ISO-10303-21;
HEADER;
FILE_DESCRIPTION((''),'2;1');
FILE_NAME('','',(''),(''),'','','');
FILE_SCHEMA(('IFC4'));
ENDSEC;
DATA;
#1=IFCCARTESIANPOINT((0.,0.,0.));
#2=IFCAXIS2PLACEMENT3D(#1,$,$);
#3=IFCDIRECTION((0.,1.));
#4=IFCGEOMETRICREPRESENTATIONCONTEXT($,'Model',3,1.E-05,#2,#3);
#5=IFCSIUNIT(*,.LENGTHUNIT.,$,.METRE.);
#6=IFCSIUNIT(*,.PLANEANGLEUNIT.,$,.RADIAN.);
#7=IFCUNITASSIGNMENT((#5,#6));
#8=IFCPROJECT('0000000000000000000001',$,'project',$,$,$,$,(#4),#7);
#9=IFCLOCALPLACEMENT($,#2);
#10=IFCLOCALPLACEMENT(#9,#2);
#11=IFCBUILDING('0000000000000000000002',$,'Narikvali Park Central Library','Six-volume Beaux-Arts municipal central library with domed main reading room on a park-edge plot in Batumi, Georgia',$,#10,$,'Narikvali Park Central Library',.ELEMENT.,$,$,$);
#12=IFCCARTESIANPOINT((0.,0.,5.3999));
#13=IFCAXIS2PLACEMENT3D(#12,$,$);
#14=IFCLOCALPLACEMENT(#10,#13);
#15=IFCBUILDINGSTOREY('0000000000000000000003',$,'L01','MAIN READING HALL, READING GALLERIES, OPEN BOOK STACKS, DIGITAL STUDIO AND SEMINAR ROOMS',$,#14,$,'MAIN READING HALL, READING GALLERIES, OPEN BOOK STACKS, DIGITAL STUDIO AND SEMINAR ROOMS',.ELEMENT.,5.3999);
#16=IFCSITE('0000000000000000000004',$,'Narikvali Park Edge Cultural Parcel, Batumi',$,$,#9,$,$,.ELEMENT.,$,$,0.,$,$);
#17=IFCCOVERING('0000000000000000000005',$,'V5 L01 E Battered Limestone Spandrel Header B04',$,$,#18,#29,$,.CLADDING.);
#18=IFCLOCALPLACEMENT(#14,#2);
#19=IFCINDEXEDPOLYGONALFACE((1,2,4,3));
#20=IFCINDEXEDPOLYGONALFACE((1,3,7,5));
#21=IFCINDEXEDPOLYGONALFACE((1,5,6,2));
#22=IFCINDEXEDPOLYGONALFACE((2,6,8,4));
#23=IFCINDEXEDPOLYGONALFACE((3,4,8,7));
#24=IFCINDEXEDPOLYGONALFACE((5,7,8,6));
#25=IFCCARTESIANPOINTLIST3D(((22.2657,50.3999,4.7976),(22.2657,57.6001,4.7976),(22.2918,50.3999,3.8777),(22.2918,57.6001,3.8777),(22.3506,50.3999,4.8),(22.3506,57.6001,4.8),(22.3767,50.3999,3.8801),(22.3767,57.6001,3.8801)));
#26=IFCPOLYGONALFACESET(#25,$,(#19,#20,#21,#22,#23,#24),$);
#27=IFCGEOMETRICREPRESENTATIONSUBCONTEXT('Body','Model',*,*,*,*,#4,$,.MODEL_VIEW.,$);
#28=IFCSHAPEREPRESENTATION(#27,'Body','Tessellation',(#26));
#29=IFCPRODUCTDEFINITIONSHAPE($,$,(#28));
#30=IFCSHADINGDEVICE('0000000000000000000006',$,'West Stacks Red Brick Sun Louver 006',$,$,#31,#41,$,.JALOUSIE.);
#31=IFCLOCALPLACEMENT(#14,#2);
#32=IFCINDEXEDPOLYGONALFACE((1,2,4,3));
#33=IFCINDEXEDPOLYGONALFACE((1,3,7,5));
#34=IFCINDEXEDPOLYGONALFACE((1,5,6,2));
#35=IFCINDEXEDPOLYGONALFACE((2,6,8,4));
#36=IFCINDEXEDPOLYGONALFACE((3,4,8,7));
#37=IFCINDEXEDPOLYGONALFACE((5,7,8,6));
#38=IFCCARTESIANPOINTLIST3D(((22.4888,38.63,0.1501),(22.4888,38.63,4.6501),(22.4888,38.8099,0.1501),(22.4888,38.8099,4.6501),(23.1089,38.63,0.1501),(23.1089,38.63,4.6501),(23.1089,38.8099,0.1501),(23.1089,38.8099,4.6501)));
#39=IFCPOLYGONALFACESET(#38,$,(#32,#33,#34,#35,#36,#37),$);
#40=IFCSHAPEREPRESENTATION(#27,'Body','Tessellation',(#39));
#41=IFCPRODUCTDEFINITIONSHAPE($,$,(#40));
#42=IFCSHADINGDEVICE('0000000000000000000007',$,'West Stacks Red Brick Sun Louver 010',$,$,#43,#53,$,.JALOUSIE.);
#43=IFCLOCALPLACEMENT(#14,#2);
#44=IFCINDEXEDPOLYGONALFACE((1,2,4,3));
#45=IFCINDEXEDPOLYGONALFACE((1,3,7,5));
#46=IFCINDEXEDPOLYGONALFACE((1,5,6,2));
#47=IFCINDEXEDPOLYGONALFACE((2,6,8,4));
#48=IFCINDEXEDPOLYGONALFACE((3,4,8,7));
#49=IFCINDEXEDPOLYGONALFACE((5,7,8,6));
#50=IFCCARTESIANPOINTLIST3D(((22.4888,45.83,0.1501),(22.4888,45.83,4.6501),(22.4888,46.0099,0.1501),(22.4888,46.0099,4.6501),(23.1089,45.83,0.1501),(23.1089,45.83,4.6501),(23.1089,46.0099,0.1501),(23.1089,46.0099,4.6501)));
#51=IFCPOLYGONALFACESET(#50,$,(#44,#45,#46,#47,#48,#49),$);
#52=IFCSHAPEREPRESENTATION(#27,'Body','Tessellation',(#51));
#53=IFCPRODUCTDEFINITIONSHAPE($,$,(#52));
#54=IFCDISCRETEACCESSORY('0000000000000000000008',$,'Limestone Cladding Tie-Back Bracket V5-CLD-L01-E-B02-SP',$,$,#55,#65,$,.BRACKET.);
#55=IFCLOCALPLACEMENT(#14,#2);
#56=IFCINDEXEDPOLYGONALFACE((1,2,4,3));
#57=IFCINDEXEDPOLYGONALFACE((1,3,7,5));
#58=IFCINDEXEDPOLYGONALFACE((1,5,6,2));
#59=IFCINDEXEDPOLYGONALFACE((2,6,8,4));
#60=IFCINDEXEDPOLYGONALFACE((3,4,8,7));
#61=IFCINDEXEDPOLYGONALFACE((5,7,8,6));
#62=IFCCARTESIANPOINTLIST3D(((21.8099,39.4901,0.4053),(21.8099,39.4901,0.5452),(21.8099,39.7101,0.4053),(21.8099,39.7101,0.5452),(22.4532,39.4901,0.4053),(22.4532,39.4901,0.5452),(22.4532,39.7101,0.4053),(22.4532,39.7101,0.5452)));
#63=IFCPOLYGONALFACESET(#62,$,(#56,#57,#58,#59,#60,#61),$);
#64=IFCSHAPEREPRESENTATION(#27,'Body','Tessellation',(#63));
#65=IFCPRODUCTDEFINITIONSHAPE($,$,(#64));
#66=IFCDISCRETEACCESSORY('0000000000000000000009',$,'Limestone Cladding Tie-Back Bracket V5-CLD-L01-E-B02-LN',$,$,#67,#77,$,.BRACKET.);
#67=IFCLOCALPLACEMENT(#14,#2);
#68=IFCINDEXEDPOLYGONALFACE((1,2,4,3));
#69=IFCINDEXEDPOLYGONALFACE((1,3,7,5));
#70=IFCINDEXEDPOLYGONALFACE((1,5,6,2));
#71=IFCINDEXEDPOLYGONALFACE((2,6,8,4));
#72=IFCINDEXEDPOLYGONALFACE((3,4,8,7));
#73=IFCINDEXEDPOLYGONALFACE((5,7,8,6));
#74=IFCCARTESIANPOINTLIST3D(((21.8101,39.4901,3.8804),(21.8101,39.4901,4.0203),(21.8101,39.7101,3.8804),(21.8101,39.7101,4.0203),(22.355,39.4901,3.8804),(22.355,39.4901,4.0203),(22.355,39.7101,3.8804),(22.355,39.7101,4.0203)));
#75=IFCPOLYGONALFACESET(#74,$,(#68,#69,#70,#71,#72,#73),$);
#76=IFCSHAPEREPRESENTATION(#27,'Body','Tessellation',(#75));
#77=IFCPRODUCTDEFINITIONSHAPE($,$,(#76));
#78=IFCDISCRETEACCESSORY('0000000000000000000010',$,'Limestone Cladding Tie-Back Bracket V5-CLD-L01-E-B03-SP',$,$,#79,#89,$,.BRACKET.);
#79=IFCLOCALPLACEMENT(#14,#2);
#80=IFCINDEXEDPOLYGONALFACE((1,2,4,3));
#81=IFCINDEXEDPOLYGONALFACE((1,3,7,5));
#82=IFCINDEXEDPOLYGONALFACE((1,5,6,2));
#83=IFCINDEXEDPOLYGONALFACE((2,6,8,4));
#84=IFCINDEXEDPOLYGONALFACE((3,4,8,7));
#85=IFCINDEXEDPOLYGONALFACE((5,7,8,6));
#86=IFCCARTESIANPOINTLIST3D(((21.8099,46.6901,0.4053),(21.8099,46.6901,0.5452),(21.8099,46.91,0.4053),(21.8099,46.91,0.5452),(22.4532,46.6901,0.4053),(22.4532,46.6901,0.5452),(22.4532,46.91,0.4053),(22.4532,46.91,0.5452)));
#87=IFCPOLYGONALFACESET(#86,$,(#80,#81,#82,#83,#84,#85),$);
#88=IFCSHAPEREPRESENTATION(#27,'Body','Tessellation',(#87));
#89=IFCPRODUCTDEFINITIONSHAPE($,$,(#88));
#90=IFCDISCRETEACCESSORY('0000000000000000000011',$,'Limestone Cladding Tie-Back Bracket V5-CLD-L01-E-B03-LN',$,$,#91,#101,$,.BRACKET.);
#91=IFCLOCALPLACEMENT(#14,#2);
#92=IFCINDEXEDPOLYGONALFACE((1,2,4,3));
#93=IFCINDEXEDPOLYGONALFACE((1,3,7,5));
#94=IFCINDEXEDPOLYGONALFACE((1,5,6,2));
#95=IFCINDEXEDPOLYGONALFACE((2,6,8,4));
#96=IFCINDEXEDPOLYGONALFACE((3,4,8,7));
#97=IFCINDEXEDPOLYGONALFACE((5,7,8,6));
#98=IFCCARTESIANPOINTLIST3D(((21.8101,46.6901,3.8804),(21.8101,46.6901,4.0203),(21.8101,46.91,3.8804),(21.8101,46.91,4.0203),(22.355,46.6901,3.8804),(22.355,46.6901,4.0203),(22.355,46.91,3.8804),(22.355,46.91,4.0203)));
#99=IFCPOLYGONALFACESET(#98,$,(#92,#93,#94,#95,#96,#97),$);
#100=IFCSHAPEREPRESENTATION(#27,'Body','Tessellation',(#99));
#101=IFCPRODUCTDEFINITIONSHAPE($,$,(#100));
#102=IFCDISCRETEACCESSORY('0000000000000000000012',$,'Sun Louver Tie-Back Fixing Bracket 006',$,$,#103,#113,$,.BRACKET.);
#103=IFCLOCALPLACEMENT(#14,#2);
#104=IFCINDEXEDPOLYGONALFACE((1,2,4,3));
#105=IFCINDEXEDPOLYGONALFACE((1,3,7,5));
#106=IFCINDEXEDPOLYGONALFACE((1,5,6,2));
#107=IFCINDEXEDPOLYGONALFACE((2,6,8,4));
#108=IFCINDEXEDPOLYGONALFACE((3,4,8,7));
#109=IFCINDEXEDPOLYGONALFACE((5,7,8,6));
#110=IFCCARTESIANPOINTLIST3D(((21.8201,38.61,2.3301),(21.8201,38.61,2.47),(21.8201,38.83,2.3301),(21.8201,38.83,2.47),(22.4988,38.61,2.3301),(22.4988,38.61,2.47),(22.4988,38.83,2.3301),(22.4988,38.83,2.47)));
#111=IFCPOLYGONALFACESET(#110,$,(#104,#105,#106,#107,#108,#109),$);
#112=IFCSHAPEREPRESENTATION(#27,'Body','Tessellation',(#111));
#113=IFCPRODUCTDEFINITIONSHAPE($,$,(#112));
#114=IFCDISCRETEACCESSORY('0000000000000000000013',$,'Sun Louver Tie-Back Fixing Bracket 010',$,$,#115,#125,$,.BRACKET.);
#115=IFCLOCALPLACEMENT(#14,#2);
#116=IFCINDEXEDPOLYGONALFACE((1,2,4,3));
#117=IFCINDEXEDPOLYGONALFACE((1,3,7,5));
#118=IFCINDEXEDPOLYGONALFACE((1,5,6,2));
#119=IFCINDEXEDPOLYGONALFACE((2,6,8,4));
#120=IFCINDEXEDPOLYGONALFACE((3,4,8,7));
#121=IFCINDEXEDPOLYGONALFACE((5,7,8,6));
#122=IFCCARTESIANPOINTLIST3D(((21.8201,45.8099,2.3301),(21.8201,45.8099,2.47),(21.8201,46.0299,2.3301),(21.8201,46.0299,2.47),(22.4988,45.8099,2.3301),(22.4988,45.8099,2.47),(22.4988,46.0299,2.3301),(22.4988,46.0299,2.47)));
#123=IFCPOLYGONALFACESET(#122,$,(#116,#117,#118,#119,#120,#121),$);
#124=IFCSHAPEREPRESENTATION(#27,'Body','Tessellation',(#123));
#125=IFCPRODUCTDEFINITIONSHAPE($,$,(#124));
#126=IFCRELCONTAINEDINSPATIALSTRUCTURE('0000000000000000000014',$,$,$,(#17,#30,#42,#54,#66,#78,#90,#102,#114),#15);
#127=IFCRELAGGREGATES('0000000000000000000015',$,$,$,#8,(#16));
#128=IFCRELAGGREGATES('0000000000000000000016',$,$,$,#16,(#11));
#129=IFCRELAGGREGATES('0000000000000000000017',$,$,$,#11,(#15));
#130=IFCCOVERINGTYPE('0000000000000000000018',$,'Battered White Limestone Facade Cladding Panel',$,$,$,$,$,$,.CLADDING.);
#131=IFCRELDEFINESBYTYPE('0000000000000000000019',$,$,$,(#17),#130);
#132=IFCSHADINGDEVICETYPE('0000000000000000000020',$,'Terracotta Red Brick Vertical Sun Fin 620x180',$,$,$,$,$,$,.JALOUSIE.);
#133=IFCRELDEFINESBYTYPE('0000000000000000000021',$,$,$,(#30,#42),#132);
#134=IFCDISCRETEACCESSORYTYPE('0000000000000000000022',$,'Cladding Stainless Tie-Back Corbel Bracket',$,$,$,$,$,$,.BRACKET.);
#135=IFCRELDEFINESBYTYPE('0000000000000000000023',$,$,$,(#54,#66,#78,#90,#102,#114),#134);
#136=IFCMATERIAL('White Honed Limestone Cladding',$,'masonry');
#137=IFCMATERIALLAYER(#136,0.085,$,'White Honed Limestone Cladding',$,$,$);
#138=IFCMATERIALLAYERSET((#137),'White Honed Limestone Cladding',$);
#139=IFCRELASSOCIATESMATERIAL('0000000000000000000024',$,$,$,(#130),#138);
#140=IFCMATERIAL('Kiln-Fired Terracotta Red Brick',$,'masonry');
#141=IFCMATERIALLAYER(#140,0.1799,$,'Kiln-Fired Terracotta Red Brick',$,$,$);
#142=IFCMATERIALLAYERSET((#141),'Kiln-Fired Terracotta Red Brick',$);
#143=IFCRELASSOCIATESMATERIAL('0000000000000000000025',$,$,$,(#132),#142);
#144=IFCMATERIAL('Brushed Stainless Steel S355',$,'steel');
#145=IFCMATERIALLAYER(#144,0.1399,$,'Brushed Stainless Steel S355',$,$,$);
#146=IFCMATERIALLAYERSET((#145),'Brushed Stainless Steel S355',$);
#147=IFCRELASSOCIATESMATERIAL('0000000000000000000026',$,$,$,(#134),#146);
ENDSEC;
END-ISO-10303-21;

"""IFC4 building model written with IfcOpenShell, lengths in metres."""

from ifc_helpers import new_model, si_unit, direction, frame, origin, origin_2d, place, context, subcontext, project, spatial, polyline, rectangle, outline, extrude, material, layer, layer_set, type_object, element, save


model = new_model("IFC4")

# Units and contexts
model_context = context("Model", 3, precision=1e-05, world=origin(), true_north=direction((0.0, 1.0)))
body_context = subcontext(model_context, "Body", "Model", "MODEL_VIEW")
ifc_project = project(units=[si_unit("LENGTHUNIT", "METRE"), si_unit("PLANEANGLEUNIT", "RADIAN")], contexts=[model_context])

# Site, building, storey
site_placement = place(None, origin())
site = spatial("IfcSite", under=ifc_project, at=site_placement, Name="Narikvali Park Edge Cultural Parcel, Batumi", CompositionType="ELEMENT", RefElevation=0.0)
building_placement = place(site_placement, origin())
building = spatial("IfcBuilding", under=site, at=building_placement, Name="Narikvali Park Central Library", Description="Six-volume Beaux-Arts municipal central library with domed main reading room on a park-edge plot in Batumi, Georgia", LongName="Narikvali Park Central Library", CompositionType="ELEMENT")
storey_placement = place(building_placement, frame((0.0, 0.0, 5.3999)))
storey = spatial("IfcBuildingStorey", under=building, at=storey_placement, Name="L01", Description="MAIN READING HALL, READING GALLERIES, OPEN BOOK STACKS, DIGITAL STUDIO AND SEMINAR ROOMS", LongName="MAIN READING HALL, READING GALLERIES, OPEN BOOK STACKS, DIGITAL STUDIO AND SEMINAR ROOMS", CompositionType="ELEMENT", Elevation=5.3999)

# Covering
ifc_material_1 = material(Name="White Honed Limestone Cladding", Category="masonry")
ifc_layer_1 = layer(ifc_material_1, 0.085, Name="White Honed Limestone Cladding")
ifc_layer_set_1 = layer_set([ifc_layer_1], Name="White Honed Limestone Cladding")
covering_type = type_object("IfcCoveringType", Name="Battered White Limestone Facade Cladding Panel", PredefinedType="CLADDING", material=ifc_layer_set_1)
covering_1_placement = place(storey_placement, frame((22.3767, 50.3999, 3.8801), z_axis=(0.999597, 0.0, 0.028386), x_axis=(0.0, 1.0, 0.0)))
element("IfcCovering", 1, at=covering_1_placement, inside=storey, type_object=covering_type, Name="V5 L01 E Battered Limestone Spandrel Header B04", PredefinedType="CLADDING", context=body_context, shape_type="SweptSolid", body=[
    extrude(outline(polyline([(0.0, 0.0), (7.2002, 0.0), (7.2002, 0.9203), (0.0, 0.9203), (0.0, 0.0)])), origin(), (0.0, 0.0, -1.0), 0.085),
])

# Shading devices
ifc_material_2 = material(Name="Kiln-Fired Terracotta Red Brick", Category="masonry")
ifc_layer_2 = layer(ifc_material_2, 0.1799, Name="Kiln-Fired Terracotta Red Brick")
ifc_layer_set_2 = layer_set([ifc_layer_2], Name="Kiln-Fired Terracotta Red Brick")
shading_device_type = type_object("IfcShadingDeviceType", Name="Terracotta Red Brick Vertical Sun Fin 620x180", PredefinedType="JALOUSIE", material=ifc_layer_set_2)
for number, where, z_axis, x_axis, name in (
    (2, (22.7988, 38.72, 0.1501), (0.0, 0.0, 1.0), (1.0, 0.0, 0.0), "West Stacks Red Brick Sun Louver 006"),
    (3, (22.7988, 45.9199, 0.1501), (0.0, 0.0, 1.0), (1.0, 0.0, 0.0), "West Stacks Red Brick Sun Louver 010"),
):
    element("IfcShadingDevice", number, at=place(storey_placement, frame(where, z_axis=z_axis, x_axis=x_axis)), inside=storey, type_object=shading_device_type, Name=name, PredefinedType="JALOUSIE", context=body_context, shape_type="SweptSolid", body=[
        extrude(rectangle(XDim=0.6201, YDim=0.1799, at=origin_2d()), origin(), (0.0, 0.0, 1.0), 4.5),
    ])

# Discrete accessories
ifc_material_3 = material(Name="Brushed Stainless Steel S355", Category="steel")
ifc_layer_3 = layer(ifc_material_3, 0.1399, Name="Brushed Stainless Steel S355")
ifc_layer_set_3 = layer_set([ifc_layer_3], Name="Brushed Stainless Steel S355")
discrete_accessory_type = type_object("IfcDiscreteAccessoryType", Name="Cladding Stainless Tie-Back Corbel Bracket", PredefinedType="BRACKET", material=ifc_layer_set_3)
discrete_accessory_1_placement = place(storey_placement, frame((22.1316, 39.6001, 0.4053), z_axis=(0.0, 0.0, 1.0), x_axis=(1.0, 0.0, 0.0)))
element("IfcDiscreteAccessory", 4, at=discrete_accessory_1_placement, inside=storey, type_object=discrete_accessory_type, Name="Limestone Cladding Tie-Back Bracket V5-CLD-L01-E-B02-SP", PredefinedType="BRACKET", context=body_context, shape_type="SweptSolid", body=[
    extrude(rectangle(XDim=0.6433, YDim=0.22, at=origin_2d()), origin(), (0.0, 0.0, 1.0), 0.1399),
])
discrete_accessory_2_placement = place(storey_placement, frame((22.0825, 39.6001, 3.8804), z_axis=(0.0, 0.0, 1.0), x_axis=(1.0, 0.0, 0.0)))
element("IfcDiscreteAccessory", 5, at=discrete_accessory_2_placement, inside=storey, type_object=discrete_accessory_type, Name="Limestone Cladding Tie-Back Bracket V5-CLD-L01-E-B02-LN", PredefinedType="BRACKET", context=body_context, shape_type="SweptSolid", body=[
    extrude(rectangle(XDim=0.5449, YDim=0.22, at=origin_2d()), origin(), (0.0, 0.0, 1.0), 0.1399),
])
discrete_accessory_3_placement = place(storey_placement, frame((22.1316, 46.8, 0.4053), z_axis=(0.0, 0.0, 1.0), x_axis=(1.0, 0.0, 0.0)))
element("IfcDiscreteAccessory", 6, at=discrete_accessory_3_placement, inside=storey, type_object=discrete_accessory_type, Name="Limestone Cladding Tie-Back Bracket V5-CLD-L01-E-B03-SP", PredefinedType="BRACKET", context=body_context, shape_type="SweptSolid", body=[
    extrude(rectangle(XDim=0.6433, YDim=0.22, at=origin_2d()), origin(), (0.0, 0.0, 1.0), 0.1399),
])
discrete_accessory_4_placement = place(storey_placement, frame((22.0825, 46.8, 3.8804), z_axis=(0.0, 0.0, 1.0), x_axis=(1.0, 0.0, 0.0)))
element("IfcDiscreteAccessory", 7, at=discrete_accessory_4_placement, inside=storey, type_object=discrete_accessory_type, Name="Limestone Cladding Tie-Back Bracket V5-CLD-L01-E-B03-LN", PredefinedType="BRACKET", context=body_context, shape_type="SweptSolid", body=[
    extrude(rectangle(XDim=0.5449, YDim=0.22, at=origin_2d()), origin(), (0.0, 0.0, 1.0), 0.1399),
])
for number, where, z_axis, x_axis, name in (
    (8, (22.1594, 38.72, 2.3301), (0.0, 0.0, 1.0), (1.0, 0.0, 0.0), "Sun Louver Tie-Back Fixing Bracket 006"),
    (9, (22.1594, 45.9199, 2.3301), (0.0, 0.0, 1.0), (1.0, 0.0, 0.0), "Sun Louver Tie-Back Fixing Bracket 010"),
):
    element("IfcDiscreteAccessory", number, at=place(storey_placement, frame(where, z_axis=z_axis, x_axis=x_axis)), inside=storey, type_object=discrete_accessory_type, Name=name, PredefinedType="BRACKET", context=body_context, shape_type="SweptSolid", body=[
        extrude(rectangle(XDim=0.6787, YDim=0.22, at=origin_2d()), origin(), (0.0, 0.0, 1.0), 0.1399),
    ])

save(model, "model.ifc")
